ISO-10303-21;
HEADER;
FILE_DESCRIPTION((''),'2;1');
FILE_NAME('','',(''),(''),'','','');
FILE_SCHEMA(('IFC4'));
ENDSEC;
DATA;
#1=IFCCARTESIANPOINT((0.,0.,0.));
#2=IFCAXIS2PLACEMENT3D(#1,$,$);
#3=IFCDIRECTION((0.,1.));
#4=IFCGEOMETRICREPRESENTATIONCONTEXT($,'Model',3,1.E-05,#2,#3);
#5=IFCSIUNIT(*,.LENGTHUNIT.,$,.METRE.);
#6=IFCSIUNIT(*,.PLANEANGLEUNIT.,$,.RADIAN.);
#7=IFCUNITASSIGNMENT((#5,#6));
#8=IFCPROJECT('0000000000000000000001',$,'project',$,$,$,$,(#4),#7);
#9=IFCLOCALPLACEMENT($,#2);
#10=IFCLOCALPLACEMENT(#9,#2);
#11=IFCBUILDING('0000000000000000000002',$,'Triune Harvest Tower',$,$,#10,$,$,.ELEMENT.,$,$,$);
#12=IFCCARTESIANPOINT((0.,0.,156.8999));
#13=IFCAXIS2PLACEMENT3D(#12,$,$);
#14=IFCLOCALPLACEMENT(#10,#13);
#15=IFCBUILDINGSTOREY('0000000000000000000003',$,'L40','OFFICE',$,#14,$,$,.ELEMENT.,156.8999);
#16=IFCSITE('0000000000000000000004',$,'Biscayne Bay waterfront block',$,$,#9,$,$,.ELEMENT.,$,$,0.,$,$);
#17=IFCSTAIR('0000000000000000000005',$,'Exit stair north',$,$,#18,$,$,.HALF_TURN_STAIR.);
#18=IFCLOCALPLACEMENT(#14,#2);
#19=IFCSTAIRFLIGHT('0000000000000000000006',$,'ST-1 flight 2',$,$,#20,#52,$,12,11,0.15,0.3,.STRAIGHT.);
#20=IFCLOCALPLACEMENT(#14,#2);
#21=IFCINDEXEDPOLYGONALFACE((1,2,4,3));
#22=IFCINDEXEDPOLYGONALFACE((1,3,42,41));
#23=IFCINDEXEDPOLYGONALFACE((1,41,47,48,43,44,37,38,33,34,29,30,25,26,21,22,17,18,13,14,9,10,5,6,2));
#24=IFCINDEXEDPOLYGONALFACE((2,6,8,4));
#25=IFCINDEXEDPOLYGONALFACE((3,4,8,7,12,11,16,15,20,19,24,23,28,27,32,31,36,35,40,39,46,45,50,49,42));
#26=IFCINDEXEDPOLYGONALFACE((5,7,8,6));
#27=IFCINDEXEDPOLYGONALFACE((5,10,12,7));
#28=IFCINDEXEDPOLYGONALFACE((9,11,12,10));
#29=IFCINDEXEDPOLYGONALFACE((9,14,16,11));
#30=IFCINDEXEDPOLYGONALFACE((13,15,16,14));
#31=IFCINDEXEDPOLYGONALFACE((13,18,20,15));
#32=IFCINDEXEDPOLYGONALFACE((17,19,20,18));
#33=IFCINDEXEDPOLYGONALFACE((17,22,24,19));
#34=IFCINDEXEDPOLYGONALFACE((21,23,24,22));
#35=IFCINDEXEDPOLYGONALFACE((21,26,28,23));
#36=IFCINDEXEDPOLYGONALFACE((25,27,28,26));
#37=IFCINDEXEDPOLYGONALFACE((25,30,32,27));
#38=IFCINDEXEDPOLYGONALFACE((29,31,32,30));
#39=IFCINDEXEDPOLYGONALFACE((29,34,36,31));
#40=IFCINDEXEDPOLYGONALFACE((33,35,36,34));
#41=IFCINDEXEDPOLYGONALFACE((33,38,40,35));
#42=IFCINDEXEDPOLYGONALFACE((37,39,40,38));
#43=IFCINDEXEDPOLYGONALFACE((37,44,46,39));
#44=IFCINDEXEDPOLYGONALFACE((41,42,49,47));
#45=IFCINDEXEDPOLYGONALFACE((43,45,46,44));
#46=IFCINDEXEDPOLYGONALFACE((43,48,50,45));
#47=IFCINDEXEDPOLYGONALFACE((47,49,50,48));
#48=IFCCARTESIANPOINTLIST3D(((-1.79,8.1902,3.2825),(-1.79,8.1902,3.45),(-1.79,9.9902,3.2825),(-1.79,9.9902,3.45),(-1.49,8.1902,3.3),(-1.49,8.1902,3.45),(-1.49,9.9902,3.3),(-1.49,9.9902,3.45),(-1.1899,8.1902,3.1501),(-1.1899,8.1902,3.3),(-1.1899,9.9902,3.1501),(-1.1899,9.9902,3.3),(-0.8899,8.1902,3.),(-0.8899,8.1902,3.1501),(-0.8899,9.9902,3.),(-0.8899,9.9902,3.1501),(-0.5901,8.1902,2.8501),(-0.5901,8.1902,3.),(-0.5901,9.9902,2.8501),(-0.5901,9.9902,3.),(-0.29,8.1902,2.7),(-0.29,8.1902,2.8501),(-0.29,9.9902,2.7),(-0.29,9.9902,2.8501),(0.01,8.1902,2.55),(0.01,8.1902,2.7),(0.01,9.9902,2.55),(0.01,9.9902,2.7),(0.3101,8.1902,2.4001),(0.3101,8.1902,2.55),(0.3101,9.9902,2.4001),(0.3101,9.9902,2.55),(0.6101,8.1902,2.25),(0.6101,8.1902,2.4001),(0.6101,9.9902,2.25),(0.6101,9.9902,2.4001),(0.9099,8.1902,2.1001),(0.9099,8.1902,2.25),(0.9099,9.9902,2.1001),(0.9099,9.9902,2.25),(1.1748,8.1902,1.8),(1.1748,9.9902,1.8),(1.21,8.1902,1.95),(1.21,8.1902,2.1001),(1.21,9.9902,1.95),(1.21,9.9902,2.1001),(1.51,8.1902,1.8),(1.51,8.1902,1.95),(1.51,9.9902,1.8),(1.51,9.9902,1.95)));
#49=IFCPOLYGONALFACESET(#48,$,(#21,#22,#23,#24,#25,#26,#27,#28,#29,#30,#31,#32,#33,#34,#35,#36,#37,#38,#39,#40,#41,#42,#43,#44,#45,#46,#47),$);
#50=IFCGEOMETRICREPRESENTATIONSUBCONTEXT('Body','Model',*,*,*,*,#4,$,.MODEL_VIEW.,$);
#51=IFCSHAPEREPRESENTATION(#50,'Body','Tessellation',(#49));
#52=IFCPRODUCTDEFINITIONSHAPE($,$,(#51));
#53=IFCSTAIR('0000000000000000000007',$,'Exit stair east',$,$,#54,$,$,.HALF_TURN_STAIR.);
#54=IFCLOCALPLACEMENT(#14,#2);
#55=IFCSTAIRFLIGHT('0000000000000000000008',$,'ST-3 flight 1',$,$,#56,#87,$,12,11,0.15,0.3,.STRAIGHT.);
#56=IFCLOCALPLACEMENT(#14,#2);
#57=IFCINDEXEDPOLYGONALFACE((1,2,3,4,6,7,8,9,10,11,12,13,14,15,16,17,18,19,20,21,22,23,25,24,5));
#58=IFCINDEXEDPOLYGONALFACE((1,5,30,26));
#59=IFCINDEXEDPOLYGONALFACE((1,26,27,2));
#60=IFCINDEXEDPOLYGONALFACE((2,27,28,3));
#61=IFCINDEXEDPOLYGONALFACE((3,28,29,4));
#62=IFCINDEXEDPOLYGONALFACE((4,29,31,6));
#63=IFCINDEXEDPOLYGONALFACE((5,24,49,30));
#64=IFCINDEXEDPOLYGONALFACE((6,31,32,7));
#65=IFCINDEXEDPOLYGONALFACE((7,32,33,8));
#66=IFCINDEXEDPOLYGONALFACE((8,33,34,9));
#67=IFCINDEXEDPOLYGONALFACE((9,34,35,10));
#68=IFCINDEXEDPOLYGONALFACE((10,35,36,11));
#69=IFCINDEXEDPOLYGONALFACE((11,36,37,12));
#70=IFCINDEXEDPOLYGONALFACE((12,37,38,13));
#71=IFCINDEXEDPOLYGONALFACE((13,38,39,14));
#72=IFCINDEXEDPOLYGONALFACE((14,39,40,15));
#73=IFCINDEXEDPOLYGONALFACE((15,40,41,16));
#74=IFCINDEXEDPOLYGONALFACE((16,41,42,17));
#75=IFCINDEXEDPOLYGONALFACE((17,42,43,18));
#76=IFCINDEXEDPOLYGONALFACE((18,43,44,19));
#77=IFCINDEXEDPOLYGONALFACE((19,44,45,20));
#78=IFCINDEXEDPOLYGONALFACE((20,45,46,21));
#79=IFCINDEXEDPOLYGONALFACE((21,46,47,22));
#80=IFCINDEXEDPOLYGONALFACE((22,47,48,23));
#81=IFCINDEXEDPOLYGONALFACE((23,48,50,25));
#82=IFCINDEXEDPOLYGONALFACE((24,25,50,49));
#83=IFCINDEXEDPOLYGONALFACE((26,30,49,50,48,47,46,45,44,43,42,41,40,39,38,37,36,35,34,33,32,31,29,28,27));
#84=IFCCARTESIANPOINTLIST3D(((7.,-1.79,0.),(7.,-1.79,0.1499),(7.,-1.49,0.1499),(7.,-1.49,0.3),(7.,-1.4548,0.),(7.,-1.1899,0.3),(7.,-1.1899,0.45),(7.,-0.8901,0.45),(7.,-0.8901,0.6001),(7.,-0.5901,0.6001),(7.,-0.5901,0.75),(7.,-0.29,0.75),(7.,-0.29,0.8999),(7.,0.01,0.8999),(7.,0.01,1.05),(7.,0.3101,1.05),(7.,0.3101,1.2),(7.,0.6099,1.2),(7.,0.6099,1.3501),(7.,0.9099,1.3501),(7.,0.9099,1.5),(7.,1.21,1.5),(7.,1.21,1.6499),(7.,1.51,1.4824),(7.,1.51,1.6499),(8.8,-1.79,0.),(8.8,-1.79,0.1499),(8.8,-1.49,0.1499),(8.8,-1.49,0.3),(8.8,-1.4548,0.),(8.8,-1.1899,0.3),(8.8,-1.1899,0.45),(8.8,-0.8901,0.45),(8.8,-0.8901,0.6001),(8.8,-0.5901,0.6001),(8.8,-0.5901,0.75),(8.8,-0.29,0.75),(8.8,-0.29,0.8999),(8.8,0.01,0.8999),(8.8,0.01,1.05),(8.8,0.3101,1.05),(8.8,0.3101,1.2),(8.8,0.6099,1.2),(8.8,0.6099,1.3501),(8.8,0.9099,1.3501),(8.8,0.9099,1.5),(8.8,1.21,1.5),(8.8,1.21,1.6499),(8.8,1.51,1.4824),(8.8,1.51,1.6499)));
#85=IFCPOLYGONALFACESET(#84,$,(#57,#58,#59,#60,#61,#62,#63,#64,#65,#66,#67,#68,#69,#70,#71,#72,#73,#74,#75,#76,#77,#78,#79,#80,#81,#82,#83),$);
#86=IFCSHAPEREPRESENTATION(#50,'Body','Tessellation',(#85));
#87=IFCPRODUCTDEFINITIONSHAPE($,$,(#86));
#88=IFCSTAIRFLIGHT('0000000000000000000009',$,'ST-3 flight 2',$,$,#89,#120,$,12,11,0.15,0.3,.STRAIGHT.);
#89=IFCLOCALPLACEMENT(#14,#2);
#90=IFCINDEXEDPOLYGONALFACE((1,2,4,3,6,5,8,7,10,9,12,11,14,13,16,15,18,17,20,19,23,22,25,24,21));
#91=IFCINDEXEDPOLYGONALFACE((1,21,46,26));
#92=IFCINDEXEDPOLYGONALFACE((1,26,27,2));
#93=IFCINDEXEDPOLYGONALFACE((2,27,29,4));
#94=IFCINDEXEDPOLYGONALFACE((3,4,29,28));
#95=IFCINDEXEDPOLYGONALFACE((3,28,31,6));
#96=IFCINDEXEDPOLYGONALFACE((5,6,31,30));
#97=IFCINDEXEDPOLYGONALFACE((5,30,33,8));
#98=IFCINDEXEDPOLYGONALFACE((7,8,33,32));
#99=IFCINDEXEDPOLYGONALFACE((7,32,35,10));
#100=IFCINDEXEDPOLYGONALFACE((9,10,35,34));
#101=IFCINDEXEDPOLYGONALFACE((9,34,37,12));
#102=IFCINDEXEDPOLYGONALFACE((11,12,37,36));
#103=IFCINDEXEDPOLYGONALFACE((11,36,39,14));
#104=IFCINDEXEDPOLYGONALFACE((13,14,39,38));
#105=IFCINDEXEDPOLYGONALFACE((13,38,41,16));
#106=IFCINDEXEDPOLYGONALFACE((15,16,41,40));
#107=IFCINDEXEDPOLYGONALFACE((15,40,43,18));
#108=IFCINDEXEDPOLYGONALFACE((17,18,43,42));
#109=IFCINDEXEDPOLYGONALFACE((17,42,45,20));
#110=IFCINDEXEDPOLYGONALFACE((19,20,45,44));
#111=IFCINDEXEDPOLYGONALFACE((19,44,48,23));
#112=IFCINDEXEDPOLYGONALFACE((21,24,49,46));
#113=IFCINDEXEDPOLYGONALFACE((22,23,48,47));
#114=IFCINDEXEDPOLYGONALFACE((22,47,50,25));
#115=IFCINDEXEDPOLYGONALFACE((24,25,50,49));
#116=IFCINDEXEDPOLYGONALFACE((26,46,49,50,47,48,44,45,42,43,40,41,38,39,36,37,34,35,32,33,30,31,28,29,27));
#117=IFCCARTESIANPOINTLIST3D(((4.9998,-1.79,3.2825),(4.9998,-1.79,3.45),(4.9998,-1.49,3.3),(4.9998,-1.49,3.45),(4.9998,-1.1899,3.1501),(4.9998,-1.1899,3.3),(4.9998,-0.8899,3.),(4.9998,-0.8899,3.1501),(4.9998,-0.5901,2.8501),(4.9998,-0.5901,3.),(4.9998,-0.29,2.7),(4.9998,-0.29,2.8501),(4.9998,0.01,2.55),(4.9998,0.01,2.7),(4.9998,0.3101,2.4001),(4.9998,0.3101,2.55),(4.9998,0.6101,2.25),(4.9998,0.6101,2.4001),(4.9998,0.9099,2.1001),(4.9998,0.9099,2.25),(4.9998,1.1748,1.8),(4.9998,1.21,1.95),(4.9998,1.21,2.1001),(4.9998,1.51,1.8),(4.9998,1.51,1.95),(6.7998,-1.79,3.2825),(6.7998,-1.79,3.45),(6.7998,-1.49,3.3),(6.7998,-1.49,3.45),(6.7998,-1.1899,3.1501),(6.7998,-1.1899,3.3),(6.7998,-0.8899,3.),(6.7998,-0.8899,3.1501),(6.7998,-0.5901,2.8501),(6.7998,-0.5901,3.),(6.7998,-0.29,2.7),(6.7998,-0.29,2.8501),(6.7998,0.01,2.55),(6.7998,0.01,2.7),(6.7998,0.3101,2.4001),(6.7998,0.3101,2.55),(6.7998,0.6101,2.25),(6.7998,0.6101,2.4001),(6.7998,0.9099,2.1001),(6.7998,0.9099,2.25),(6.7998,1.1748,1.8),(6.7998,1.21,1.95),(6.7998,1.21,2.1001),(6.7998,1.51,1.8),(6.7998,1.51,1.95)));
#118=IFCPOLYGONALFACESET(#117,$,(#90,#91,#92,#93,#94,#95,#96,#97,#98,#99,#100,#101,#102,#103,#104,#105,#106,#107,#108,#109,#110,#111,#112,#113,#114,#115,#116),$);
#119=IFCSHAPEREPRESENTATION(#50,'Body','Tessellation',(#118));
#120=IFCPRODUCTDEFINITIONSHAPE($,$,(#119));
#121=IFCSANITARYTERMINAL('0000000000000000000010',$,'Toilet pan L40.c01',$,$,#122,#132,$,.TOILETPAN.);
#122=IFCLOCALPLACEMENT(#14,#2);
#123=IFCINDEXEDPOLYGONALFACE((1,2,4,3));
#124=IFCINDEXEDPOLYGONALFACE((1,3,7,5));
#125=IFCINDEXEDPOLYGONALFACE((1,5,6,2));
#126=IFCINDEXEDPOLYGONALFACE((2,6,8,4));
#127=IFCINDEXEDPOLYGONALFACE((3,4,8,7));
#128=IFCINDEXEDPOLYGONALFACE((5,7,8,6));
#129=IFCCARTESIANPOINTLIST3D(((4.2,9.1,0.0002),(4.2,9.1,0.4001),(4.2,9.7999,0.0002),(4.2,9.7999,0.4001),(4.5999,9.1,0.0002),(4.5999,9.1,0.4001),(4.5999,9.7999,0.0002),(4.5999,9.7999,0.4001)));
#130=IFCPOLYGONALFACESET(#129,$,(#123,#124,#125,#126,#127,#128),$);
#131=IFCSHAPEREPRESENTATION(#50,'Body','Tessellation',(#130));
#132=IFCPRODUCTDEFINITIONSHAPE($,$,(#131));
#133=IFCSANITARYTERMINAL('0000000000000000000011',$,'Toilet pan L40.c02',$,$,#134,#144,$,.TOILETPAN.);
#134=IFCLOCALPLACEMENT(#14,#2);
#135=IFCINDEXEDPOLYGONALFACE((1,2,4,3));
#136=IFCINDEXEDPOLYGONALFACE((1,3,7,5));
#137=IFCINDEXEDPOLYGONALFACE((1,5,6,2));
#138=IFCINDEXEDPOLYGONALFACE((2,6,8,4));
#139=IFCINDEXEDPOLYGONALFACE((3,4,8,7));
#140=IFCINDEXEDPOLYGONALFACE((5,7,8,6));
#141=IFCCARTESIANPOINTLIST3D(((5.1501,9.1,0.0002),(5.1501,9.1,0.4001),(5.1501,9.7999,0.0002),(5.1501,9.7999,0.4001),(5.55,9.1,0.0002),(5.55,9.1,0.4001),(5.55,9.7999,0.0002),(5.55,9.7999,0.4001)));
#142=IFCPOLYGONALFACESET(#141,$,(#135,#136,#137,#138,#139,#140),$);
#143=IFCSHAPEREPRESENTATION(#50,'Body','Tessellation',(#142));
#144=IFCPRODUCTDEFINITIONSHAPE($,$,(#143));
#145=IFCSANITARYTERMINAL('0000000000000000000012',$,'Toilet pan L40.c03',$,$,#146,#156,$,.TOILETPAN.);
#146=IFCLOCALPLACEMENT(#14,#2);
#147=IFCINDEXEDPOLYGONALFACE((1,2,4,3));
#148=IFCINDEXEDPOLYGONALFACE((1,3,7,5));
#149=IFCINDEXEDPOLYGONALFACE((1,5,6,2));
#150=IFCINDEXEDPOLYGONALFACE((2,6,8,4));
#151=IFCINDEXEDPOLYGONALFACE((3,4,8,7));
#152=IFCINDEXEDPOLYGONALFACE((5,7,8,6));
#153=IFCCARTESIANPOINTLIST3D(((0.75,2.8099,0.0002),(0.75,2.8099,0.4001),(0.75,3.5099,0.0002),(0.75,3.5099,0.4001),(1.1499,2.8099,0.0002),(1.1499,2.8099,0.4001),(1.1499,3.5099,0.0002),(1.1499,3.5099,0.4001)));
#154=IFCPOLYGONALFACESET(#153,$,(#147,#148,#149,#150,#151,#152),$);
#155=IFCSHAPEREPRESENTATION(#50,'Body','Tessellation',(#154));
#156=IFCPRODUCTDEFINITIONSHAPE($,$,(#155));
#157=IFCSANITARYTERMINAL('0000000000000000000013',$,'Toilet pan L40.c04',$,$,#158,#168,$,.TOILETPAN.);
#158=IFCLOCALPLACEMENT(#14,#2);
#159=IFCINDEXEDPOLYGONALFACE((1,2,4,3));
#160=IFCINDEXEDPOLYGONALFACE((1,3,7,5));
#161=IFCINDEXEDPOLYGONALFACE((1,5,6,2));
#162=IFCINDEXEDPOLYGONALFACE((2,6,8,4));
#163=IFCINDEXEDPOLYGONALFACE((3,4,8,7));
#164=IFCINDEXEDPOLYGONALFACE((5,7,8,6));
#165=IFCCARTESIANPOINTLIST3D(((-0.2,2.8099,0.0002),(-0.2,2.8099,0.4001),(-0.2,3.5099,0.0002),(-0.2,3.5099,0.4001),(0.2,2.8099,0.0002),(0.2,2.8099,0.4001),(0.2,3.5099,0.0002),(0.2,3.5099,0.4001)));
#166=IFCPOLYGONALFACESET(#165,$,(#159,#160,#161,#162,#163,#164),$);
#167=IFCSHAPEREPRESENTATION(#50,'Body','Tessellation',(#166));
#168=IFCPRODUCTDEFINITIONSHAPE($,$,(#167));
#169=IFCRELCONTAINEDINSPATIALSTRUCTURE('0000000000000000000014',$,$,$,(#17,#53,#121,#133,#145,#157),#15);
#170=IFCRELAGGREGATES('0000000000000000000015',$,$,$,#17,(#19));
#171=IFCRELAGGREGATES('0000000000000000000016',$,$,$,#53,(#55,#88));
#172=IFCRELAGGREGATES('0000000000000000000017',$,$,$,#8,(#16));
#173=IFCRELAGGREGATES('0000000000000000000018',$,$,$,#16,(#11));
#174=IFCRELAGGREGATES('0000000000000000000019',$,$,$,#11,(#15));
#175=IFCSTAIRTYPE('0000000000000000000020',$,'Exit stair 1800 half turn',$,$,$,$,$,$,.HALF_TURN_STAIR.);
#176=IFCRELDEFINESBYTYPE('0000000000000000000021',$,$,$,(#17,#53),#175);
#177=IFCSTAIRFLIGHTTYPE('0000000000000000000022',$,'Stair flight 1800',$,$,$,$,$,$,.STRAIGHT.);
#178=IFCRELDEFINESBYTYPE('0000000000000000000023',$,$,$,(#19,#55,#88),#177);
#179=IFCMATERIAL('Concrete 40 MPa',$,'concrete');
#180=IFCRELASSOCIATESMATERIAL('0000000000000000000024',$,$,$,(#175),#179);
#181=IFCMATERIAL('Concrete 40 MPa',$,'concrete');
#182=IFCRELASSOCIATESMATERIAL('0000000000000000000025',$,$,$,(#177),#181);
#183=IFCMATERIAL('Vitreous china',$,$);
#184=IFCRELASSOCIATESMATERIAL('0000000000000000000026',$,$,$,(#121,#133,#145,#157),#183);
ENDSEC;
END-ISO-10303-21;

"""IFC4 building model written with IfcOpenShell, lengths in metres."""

from ifc_helpers import new_model, si_unit, direction, frame, origin, origin_2d, place, context, subcontext, project, spatial, polyline, rectangle, outline, extrude, source, transform, mapped, material, type_object, element, aggregate, save


model = new_model("IFC4")

# Units and contexts
model_context = context("Model", 3, precision=1e-05, world=origin(), true_north=direction((0.0, 1.0)))
body_context = subcontext(model_context, "Body", "Model", "MODEL_VIEW")
ifc_project = project(units=[si_unit("LENGTHUNIT", "METRE"), si_unit("PLANEANGLEUNIT", "RADIAN")], contexts=[model_context])

# Site, building, storey
site_placement = place(None, origin())
site = spatial("IfcSite", under=ifc_project, at=site_placement, Name="Biscayne Bay waterfront block", CompositionType="ELEMENT", RefElevation=0.0)
building_placement = place(site_placement, origin())
building = spatial("IfcBuilding", under=site, at=building_placement, Name="Triune Harvest Tower", CompositionType="ELEMENT")
storey_placement = place(building_placement, frame((0.0, 0.0, 156.8999)))
storey = spatial("IfcBuildingStorey", under=building, at=storey_placement, Name="L40", Description="OFFICE", CompositionType="ELEMENT", Elevation=156.8999)

# Stair, stair flight
ifc_material_1 = material(Name="Concrete 40 MPa", Category="concrete")
stair_type = type_object("IfcStairType", Name="Exit stair 1800 half turn", PredefinedType="HALF_TURN_STAIR", material=ifc_material_1)
stair_1_placement = place(storey_placement, origin())
stair_1 = element("IfcStair", 1, at=stair_1_placement, inside=storey, type_object=stair_type, Name="Exit stair north", PredefinedType="HALF_TURN_STAIR")
ifc_material_2 = material(Name="Concrete 40 MPa", Category="concrete")
stair_flight_type = type_object("IfcStairFlightType", Name="Stair flight 1800", PredefinedType="STRAIGHT", material=ifc_material_2)
shared_shape_1 = source(origin(), body_context, "Body", "SweptSolid", [
    extrude(outline(polyline([(0.0, 0.0), (0.0, 0.1499), (0.3, 0.1499), (0.3, 0.3), (0.6001, 0.3), (0.6001, 0.45), (0.8999, 0.45), (0.8999, 0.6001), (1.2, 0.6001), (1.2, 0.75), (1.5, 0.75), (1.5, 0.8999), (1.8, 0.8999), (1.8, 1.05), (2.1001, 1.05), (2.1001, 1.2), (2.3999, 1.2), (2.3999, 1.3501), (2.7, 1.3501), (2.7, 1.5), (3.0, 1.5), (3.0, 1.6499), (3.3, 1.6499), (3.3, 1.8), (3.3, 1.4824), (0.3352, 0.0), (0.0, 0.0)])), frame((0.0, 0.8999, 0.0), z_axis=(0.0, -1.0, 0.0), x_axis=(1.0, 0.0, 0.0)), (0.0, 0.0, 1.0), 1.8),
])
stair_flight_1_placement = place(storey_placement, frame((1.51, 9.0901, 1.8), z_axis=(0.0, 0.0, 1.0), x_axis=(-1.0, 0.0, 0.0)))
stair_flight_1 = element("IfcStairFlight", 2, at=stair_flight_1_placement, type_object=stair_flight_type, Name="ST-1 flight 2", NumberOfRisers=12, NumberOfTreads=11, PredefinedType="STRAIGHT", RiserHeight=0.15, TreadLength=0.3, context=body_context, shape_type="MappedRepresentation", body=[
    mapped(shared_shape_1, transform((0.0, 0.0, 0.0), scale=1.0)),
])
aggregate(stair_1, [stair_flight_1])

# Stair, stair flights
stair_2_placement = place(storey_placement, origin())
stair_2 = element("IfcStair", 3, at=stair_2_placement, inside=storey, type_object=stair_type, Name="Exit stair east", PredefinedType="HALF_TURN_STAIR")
stair_flight_2_placement = place(storey_placement, frame((7.8999, -1.79, 0.0), z_axis=(0.0, 0.0, 1.0), x_axis=(0.0, 1.0, 0.0)))
stair_flight_2 = element("IfcStairFlight", 4, at=stair_flight_2_placement, type_object=stair_flight_type, Name="ST-3 flight 1", NumberOfRisers=12, NumberOfTreads=11, PredefinedType="STRAIGHT", RiserHeight=0.15, TreadLength=0.3, context=body_context, shape_type="MappedRepresentation", body=[
    mapped(shared_shape_1, transform((0.0, 0.0, 0.0), scale=1.0)),
])
stair_flight_3_placement = place(storey_placement, frame((5.8999, 1.51, 1.8), z_axis=(0.0, 0.0, 1.0), x_axis=(0.0, -1.0, 0.0)))
stair_flight_3 = element("IfcStairFlight", 5, at=stair_flight_3_placement, type_object=stair_flight_type, Name="ST-3 flight 2", NumberOfRisers=12, NumberOfTreads=11, PredefinedType="STRAIGHT", RiserHeight=0.15, TreadLength=0.3, context=body_context, shape_type="MappedRepresentation", body=[
    mapped(shared_shape_1, transform((0.0, 0.0, 0.0), scale=1.0)),
])
aggregate(stair_2, [stair_flight_2, stair_flight_3])

# Sanitary terminals
ifc_material_3 = material(Name="Vitreous china")
shared_shape_2 = source(origin(), body_context, "Body", "SweptSolid", [
    extrude(rectangle(XDim=0.3999, YDim=0.7, at=origin_2d()), origin(), (0.0, 0.0, 1.0), 0.3999),
])
for number, where, z_axis, x_axis, name in (
    (6, (4.3999, 9.45, 0.0002), (0.0, 0.0, 1.0), (1.0, 0.0, 0.0), "Toilet pan L40.c01"),
    (7, (5.3501, 9.45, 0.0002), (0.0, 0.0, 1.0), (1.0, 0.0, 0.0), "Toilet pan L40.c02"),
    (8, (0.95, 3.1599, 0.0002), (0.0, 0.0, 1.0), (-1.0, 0.0, 0.0), "Toilet pan L40.c03"),
    (9, (0.0, 3.1599, 0.0002), (0.0, 0.0, 1.0), (-1.0, 0.0, 0.0), "Toilet pan L40.c04"),
):
    element("IfcSanitaryTerminal", number, at=place(storey_placement, frame(where, z_axis=z_axis, x_axis=x_axis)), inside=storey, material=ifc_material_3, Name=name, PredefinedType="TOILETPAN", context=body_context, shape_type="MappedRepresentation", body=[
        mapped(shared_shape_2, transform((0.0, 0.0, 0.0), scale=1.0)),
    ])

save(model, "model.ifc")
